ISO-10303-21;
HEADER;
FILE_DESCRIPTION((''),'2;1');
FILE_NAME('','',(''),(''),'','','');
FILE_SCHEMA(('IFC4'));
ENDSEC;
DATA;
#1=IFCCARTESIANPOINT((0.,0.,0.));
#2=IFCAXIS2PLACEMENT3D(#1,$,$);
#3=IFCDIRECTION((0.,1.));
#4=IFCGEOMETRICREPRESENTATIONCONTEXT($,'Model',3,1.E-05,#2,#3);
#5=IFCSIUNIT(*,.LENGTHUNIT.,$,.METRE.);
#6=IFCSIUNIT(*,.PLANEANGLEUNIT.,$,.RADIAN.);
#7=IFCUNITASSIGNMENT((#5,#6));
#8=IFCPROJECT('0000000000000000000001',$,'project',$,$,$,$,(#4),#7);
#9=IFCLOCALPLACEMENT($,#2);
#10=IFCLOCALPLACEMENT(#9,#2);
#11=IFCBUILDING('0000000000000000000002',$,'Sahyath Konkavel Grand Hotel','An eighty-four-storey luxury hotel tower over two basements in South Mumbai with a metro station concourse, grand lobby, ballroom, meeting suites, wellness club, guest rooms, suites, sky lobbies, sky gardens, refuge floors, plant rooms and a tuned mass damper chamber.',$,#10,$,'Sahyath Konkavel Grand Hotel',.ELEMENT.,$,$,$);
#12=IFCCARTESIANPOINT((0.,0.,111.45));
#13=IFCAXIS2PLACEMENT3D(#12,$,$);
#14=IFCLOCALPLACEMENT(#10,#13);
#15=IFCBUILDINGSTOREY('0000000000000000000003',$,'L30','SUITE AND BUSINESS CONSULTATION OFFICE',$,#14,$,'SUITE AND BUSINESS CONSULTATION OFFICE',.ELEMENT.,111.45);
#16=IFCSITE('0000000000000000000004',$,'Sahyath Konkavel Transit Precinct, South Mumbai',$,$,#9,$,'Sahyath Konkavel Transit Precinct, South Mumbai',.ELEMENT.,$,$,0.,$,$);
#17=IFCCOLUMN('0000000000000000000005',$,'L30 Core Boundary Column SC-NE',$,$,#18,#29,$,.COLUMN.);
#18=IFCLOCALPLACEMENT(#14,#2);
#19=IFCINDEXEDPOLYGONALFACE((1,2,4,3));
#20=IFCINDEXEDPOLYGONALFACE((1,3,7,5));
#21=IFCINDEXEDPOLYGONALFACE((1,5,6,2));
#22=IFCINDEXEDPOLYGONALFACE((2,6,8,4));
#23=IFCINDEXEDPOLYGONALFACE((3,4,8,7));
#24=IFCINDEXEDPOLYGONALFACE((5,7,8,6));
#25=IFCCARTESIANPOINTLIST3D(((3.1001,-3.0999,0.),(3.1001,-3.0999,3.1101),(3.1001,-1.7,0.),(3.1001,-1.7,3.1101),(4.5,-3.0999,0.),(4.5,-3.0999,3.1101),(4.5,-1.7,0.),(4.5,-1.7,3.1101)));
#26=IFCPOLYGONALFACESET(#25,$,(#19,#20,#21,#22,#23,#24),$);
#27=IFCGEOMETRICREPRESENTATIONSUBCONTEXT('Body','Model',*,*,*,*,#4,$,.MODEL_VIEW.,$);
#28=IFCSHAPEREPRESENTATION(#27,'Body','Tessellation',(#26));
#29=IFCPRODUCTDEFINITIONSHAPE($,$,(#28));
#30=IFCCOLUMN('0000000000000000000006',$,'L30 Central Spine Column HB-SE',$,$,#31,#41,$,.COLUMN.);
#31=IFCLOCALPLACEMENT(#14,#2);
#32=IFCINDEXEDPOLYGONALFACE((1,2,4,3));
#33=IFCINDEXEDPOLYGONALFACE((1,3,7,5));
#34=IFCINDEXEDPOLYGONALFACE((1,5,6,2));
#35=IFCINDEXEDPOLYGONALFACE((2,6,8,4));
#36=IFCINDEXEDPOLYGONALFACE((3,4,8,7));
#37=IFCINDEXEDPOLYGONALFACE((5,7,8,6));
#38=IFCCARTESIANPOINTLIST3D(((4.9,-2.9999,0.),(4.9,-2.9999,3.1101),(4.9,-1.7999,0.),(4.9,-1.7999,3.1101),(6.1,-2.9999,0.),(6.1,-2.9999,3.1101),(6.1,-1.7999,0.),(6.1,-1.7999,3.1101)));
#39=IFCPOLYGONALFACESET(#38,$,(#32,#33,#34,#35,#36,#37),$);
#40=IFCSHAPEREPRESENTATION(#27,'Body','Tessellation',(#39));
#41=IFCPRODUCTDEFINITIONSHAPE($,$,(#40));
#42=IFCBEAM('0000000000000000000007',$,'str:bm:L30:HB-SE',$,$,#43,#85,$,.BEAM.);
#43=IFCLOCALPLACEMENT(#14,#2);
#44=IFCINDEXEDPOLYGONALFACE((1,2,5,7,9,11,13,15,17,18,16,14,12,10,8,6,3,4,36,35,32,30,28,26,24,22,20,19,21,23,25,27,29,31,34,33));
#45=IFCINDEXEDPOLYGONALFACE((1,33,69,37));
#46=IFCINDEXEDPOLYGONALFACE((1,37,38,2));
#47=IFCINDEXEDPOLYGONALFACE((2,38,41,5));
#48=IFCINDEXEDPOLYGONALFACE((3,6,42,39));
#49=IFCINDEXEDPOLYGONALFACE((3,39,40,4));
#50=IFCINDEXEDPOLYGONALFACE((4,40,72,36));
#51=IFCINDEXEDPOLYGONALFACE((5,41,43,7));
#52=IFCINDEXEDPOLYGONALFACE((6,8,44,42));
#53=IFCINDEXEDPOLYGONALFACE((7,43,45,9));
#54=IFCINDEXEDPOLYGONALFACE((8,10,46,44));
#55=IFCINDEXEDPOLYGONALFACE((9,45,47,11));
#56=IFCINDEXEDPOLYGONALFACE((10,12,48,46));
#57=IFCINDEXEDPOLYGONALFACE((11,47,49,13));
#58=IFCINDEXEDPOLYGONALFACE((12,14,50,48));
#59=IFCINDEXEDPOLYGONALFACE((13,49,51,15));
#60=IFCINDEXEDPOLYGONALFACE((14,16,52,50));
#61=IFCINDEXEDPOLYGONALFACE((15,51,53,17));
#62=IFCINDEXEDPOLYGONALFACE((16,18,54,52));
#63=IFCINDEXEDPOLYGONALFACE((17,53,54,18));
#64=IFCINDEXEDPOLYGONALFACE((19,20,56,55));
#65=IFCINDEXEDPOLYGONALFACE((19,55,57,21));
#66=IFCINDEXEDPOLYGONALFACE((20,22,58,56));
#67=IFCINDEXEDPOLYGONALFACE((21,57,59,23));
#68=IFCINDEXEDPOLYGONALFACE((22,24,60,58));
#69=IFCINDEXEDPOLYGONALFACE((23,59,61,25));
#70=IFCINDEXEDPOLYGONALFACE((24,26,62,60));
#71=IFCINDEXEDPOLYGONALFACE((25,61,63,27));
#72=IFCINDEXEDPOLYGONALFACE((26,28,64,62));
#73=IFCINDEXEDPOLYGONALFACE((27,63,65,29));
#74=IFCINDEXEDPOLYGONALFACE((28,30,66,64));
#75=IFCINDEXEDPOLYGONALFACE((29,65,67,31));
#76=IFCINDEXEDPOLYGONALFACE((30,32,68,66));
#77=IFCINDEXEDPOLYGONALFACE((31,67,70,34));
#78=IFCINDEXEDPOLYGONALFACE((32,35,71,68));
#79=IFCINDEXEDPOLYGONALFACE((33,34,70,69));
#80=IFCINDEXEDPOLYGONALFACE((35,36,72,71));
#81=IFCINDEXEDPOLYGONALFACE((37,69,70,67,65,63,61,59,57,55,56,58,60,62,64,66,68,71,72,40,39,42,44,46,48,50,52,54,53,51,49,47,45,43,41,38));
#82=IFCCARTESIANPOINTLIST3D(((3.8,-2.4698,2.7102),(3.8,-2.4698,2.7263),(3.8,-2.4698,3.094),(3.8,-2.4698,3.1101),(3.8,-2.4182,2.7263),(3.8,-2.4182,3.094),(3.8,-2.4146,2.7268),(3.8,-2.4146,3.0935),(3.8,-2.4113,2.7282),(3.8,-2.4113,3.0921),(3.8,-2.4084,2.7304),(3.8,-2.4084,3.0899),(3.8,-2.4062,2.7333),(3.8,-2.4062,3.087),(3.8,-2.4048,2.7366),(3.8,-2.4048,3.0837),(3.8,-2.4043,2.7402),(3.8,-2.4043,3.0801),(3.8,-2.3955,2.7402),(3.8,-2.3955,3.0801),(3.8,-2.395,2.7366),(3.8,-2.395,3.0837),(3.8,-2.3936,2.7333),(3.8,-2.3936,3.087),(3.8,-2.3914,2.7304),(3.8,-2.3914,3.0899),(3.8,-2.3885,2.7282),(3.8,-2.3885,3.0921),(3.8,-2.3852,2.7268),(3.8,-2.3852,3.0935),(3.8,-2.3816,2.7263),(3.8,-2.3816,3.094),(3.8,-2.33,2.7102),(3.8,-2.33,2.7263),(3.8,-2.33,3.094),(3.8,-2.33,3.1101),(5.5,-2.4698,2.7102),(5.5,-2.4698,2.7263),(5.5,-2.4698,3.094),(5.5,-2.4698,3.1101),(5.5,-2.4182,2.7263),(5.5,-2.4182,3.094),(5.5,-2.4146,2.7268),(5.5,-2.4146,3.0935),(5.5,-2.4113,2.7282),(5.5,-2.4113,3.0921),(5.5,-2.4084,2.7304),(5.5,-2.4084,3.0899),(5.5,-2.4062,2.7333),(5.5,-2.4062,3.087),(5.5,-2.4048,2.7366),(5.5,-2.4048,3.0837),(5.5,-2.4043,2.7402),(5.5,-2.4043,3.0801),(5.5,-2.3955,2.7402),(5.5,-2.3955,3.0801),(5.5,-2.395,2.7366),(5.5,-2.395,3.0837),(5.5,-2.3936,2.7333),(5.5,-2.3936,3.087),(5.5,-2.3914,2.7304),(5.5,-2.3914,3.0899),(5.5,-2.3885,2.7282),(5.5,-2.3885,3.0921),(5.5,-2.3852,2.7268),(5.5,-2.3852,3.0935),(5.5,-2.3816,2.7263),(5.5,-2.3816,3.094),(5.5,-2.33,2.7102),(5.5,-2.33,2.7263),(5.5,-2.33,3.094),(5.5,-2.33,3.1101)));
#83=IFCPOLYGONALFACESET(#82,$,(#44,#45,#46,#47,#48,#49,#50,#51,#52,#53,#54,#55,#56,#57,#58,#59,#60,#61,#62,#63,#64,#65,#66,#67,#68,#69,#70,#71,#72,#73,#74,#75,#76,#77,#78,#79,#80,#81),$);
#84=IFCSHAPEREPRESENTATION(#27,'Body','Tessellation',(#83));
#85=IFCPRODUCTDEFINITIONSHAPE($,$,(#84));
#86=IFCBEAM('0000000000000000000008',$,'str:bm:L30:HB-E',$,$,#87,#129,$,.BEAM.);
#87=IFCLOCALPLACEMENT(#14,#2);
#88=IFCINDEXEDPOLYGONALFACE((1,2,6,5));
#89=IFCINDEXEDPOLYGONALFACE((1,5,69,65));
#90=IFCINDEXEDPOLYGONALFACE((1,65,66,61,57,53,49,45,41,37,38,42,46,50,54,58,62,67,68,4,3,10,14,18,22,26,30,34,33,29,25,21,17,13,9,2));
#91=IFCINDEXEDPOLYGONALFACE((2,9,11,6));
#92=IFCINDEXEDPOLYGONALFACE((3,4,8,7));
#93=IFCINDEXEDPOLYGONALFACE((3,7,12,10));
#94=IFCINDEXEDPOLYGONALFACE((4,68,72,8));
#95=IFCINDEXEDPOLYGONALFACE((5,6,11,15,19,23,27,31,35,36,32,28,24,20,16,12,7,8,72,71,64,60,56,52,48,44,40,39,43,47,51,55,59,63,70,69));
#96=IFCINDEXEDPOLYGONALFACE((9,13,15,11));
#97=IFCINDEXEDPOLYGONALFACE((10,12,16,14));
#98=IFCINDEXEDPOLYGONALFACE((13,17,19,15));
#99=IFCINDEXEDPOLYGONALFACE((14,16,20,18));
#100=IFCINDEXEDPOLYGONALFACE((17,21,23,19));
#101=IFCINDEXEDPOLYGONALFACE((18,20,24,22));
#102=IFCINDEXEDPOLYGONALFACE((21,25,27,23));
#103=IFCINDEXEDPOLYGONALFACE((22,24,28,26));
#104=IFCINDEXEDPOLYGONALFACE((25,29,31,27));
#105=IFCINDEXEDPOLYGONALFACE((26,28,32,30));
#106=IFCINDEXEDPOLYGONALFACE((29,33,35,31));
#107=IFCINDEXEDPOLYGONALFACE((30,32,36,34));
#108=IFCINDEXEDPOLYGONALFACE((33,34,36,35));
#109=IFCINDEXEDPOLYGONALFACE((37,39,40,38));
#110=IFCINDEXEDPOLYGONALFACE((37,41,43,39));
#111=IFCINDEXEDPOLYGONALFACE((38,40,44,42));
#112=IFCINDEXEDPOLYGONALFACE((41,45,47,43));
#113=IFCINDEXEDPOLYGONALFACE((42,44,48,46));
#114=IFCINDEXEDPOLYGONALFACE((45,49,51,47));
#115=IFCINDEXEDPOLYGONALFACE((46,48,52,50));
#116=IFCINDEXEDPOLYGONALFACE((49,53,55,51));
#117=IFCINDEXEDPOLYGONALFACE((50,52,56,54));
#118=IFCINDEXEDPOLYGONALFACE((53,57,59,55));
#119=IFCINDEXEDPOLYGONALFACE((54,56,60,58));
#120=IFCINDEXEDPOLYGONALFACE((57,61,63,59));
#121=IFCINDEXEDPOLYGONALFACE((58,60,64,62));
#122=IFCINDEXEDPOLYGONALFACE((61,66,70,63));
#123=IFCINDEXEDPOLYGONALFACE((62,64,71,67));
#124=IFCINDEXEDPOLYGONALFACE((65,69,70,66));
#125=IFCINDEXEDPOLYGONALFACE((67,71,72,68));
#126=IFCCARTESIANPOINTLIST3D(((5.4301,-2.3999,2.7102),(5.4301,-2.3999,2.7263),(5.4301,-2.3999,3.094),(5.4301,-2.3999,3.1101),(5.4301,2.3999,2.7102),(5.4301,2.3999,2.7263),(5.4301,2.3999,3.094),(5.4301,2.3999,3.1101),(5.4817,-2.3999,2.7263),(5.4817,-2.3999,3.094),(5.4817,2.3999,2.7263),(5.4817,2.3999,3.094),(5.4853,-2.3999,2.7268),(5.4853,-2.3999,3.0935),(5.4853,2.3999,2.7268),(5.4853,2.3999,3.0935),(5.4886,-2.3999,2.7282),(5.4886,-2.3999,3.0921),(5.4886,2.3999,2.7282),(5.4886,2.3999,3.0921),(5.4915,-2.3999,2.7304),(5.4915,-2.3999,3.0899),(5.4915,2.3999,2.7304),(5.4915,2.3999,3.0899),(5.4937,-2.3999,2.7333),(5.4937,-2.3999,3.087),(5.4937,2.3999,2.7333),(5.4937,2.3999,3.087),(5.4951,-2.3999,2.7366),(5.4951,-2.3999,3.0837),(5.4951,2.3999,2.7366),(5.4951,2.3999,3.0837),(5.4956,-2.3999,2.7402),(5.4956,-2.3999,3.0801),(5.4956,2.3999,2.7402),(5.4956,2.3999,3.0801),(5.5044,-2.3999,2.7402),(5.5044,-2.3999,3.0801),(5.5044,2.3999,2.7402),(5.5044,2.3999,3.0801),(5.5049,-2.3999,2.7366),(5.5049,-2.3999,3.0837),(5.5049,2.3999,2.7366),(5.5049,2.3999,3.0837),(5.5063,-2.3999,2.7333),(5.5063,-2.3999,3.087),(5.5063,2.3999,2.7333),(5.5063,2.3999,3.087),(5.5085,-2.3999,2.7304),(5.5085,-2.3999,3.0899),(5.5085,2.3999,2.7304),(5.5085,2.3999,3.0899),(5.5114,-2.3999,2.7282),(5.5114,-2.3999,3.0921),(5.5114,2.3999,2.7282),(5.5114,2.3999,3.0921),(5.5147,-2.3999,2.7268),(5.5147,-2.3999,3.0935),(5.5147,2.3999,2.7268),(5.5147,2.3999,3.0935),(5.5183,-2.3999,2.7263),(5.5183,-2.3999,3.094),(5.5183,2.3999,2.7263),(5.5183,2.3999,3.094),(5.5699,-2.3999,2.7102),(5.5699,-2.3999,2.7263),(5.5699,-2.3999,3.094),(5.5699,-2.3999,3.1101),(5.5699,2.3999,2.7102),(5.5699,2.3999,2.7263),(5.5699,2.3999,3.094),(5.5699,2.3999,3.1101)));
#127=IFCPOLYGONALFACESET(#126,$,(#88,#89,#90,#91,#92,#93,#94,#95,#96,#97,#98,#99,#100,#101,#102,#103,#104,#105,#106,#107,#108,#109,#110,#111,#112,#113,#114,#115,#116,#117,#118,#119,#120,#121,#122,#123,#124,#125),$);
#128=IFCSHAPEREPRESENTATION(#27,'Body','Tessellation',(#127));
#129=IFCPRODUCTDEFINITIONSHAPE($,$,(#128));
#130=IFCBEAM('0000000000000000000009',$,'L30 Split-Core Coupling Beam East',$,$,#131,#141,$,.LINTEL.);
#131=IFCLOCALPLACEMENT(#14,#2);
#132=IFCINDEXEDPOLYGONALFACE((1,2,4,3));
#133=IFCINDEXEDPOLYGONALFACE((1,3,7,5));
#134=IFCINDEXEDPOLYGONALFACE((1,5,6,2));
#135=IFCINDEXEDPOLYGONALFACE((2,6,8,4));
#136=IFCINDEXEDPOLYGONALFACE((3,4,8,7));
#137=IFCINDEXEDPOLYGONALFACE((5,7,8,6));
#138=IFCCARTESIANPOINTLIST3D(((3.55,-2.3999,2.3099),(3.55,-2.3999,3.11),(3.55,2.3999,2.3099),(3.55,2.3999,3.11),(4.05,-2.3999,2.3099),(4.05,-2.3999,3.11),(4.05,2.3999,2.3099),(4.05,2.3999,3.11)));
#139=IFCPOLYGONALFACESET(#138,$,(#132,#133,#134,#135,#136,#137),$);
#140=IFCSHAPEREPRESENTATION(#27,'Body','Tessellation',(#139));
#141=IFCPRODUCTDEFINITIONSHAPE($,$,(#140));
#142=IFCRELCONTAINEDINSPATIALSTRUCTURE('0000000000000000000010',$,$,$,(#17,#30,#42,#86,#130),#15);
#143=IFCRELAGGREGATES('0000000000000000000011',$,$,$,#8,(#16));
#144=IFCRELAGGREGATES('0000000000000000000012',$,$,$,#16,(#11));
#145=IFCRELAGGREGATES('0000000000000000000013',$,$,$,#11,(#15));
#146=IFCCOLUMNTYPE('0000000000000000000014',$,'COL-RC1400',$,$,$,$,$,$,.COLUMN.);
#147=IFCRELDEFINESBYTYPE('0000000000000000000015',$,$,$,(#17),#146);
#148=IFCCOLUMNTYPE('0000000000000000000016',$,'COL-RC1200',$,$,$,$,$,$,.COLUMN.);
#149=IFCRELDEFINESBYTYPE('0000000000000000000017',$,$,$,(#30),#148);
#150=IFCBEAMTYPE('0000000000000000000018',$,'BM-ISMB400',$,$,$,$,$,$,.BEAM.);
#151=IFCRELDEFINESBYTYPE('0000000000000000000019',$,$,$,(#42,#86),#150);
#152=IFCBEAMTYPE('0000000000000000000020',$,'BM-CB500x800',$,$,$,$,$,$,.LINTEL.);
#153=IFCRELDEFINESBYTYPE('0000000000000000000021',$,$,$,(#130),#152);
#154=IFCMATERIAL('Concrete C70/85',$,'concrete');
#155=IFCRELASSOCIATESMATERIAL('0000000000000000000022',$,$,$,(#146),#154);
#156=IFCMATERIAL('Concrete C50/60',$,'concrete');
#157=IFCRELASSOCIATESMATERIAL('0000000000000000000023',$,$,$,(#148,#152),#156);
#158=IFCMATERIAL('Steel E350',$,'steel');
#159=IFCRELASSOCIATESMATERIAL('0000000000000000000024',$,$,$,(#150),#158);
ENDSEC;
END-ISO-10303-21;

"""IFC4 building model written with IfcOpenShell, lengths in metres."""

from ifc_helpers import new_model, si_unit, direction, frame, origin, origin_2d, place, context, subcontext, project, spatial, rectangle, i_section, extrude, source, transform, mapped, material, material_profile, profile_set, type_object, element, save


model = new_model("IFC4")

# Units and contexts
model_context = context("Model", 3, precision=1e-05, world=origin(), true_north=direction((0.0, 1.0)))
body_context = subcontext(model_context, "Body", "Model", "MODEL_VIEW")
ifc_project = project(units=[si_unit("LENGTHUNIT", "METRE"), si_unit("PLANEANGLEUNIT", "RADIAN")], contexts=[model_context])

# Site, building, storey
site_placement = place(None, origin())
site = spatial("IfcSite", under=ifc_project, at=site_placement, Name="Sahyath Konkavel Transit Precinct, South Mumbai", LongName="Sahyath Konkavel Transit Precinct, South Mumbai", CompositionType="ELEMENT", RefElevation=0.0)
building_placement = place(site_placement, origin())
building = spatial("IfcBuilding", under=site, at=building_placement, Name="Sahyath Konkavel Grand Hotel", Description="An eighty-four-storey luxury hotel tower over two basements in South Mumbai with a metro station concourse, grand lobby, ballroom, meeting suites, wellness club, guest rooms, suites, sky lobbies, sky gardens, refuge floors, plant rooms and a tuned mass damper chamber.", LongName="Sahyath Konkavel Grand Hotel", CompositionType="ELEMENT")
storey_placement = place(building_placement, frame((0.0, 0.0, 111.45)))
storey = spatial("IfcBuildingStorey", under=building, at=storey_placement, Name="L30", Description="SUITE AND BUSINESS CONSULTATION OFFICE", LongName="SUITE AND BUSINESS CONSULTATION OFFICE", CompositionType="ELEMENT", Elevation=111.45)

# Columns
ifc_material_1 = material(Name="Concrete C70/85", Category="concrete")
ifc_material_profile_1 = material_profile(ifc_material_1, rectangle(XDim=1.3999, YDim=1.3999, at=origin_2d()), Name="RC 1400x1400")
ifc_profile_set_1 = profile_set([ifc_material_profile_1], Name="Concrete C70/85")
column_type_1 = type_object("IfcColumnType", Name="COL-RC1400", PredefinedType="COLUMN", material=ifc_profile_set_1)
shared_shape_1 = source(origin(), body_context, "Body", "SweptSolid", [
    extrude(rectangle(XDim=1.3999, YDim=1.3999, at=origin_2d()), origin(), (0.0, 0.0, 1.0), 3.1101),
])
column_1_placement = place(storey_placement, frame((3.8, -2.3999, 0.0), z_axis=(0.0, 0.0, 1.0), x_axis=(1.0, 0.0, 0.0)))
element("IfcColumn", 1, at=column_1_placement, inside=storey, type_object=column_type_1, Name="L30 Core Boundary Column SC-NE", PredefinedType="COLUMN", context=body_context, shape_type="MappedRepresentation", body=[
    mapped(shared_shape_1, transform((0.0, 0.0, 0.0), scale=1.0)),
])
ifc_material_2 = material(Name="Concrete C50/60", Category="concrete")
ifc_material_profile_2 = material_profile(ifc_material_2, rectangle(XDim=1.2, YDim=1.2, at=origin_2d()), Name="RC 1200x1200")
ifc_profile_set_2 = profile_set([ifc_material_profile_2], Name="Concrete C50/60")
column_type_2 = type_object("IfcColumnType", Name="COL-RC1200", PredefinedType="COLUMN", material=ifc_profile_set_2)
shared_shape_2 = source(origin(), body_context, "Body", "SweptSolid", [
    extrude(rectangle(XDim=1.2, YDim=1.2, at=origin_2d()), origin(), (0.0, 0.0, 1.0), 3.1101),
])
column_2_placement = place(storey_placement, frame((5.5, -2.3999, 0.0), z_axis=(0.0, 0.0, 1.0), x_axis=(1.0, 0.0, 0.0)))
element("IfcColumn", 2, at=column_2_placement, inside=storey, type_object=column_type_2, Name="L30 Central Spine Column HB-SE", PredefinedType="COLUMN", context=body_context, shape_type="MappedRepresentation", body=[
    mapped(shared_shape_2, transform((0.0, 0.0, 0.0), scale=1.0)),
])

# Beams
ifc_material_3 = material(Name="Steel E350", Category="steel")
ifc_material_profile_3 = material_profile(ifc_material_3, i_section(OverallWidth=0.1399, OverallDepth=0.3999, WebThickness=0.0088, FlangeThickness=0.0161, FilletRadius=0.0139, at=origin_2d()), Name="ISMB 400")
ifc_profile_set_3 = profile_set([ifc_material_profile_3], Name="Steel E350")
beam_type_1 = type_object("IfcBeamType", Name="BM-ISMB400", PredefinedType="BEAM", material=ifc_profile_set_3)
shared_shape_3 = source(origin(), body_context, "Body", "SweptSolid", [
    extrude(i_section(OverallWidth=0.1399, OverallDepth=0.3999, WebThickness=0.0088, FlangeThickness=0.0161, FilletRadius=0.0139, at=origin_2d()), origin(), (0.0, 0.0, 1.0), 1.7),
])
beam_1_placement = place(storey_placement, frame((3.8, -2.3999, 2.9102), z_axis=(1.0, 0.0, 0.0), x_axis=(0.0, 1.0, 0.0)))
element("IfcBeam", 3, at=beam_1_placement, inside=storey, type_object=beam_type_1, Name="str:bm:L30:HB-SE", PredefinedType="BEAM", context=body_context, shape_type="MappedRepresentation", body=[
    mapped(shared_shape_3, transform((0.0, 0.0, 0.0), scale=1.0)),
])
shared_shape_4 = source(origin(), body_context, "Body", "SweptSolid", [
    extrude(i_section(OverallWidth=0.1399, OverallDepth=0.3999, WebThickness=0.0088, FlangeThickness=0.0161, FilletRadius=0.0139, at=origin_2d()), origin(), (0.0, 0.0, 1.0), 4.7998),
])
beam_2_placement = place(storey_placement, frame((5.5, -2.3999, 2.9102), z_axis=(0.0, 1.0, 0.0), x_axis=(-1.0, 0.0, 0.0)))
element("IfcBeam", 4, at=beam_2_placement, inside=storey, type_object=beam_type_1, Name="str:bm:L30:HB-E", PredefinedType="BEAM", context=body_context, shape_type="MappedRepresentation", body=[
    mapped(shared_shape_4, transform((0.0, 0.0, 0.0), scale=1.0)),
])
ifc_material_profile_4 = material_profile(ifc_material_2, rectangle(XDim=0.5, YDim=0.8, at=origin_2d()), Name="RC 500x800")
ifc_profile_set_4 = profile_set([ifc_material_profile_4], Name="Concrete C50/60")
beam_type_2 = type_object("IfcBeamType", Name="BM-CB500x800", PredefinedType="LINTEL", material=ifc_profile_set_4)
shared_shape_5 = source(origin(), body_context, "Body", "SweptSolid", [
    extrude(rectangle(XDim=0.5, YDim=0.8, at=origin_2d()), origin(), (0.0, 0.0, 1.0), 4.7998),
])
beam_3_placement = place(storey_placement, frame((3.8, -2.3999, 2.71), z_axis=(0.0, 1.0, 0.0), x_axis=(-1.0, 0.0, 0.0)))
element("IfcBeam", 5, at=beam_3_placement, inside=storey, type_object=beam_type_2, Name="L30 Split-Core Coupling Beam East", PredefinedType="LINTEL", context=body_context, shape_type="MappedRepresentation", body=[
    mapped(shared_shape_5, transform((0.0, 0.0, 0.0), scale=1.0)),
])

save(model, "model.ifc")
